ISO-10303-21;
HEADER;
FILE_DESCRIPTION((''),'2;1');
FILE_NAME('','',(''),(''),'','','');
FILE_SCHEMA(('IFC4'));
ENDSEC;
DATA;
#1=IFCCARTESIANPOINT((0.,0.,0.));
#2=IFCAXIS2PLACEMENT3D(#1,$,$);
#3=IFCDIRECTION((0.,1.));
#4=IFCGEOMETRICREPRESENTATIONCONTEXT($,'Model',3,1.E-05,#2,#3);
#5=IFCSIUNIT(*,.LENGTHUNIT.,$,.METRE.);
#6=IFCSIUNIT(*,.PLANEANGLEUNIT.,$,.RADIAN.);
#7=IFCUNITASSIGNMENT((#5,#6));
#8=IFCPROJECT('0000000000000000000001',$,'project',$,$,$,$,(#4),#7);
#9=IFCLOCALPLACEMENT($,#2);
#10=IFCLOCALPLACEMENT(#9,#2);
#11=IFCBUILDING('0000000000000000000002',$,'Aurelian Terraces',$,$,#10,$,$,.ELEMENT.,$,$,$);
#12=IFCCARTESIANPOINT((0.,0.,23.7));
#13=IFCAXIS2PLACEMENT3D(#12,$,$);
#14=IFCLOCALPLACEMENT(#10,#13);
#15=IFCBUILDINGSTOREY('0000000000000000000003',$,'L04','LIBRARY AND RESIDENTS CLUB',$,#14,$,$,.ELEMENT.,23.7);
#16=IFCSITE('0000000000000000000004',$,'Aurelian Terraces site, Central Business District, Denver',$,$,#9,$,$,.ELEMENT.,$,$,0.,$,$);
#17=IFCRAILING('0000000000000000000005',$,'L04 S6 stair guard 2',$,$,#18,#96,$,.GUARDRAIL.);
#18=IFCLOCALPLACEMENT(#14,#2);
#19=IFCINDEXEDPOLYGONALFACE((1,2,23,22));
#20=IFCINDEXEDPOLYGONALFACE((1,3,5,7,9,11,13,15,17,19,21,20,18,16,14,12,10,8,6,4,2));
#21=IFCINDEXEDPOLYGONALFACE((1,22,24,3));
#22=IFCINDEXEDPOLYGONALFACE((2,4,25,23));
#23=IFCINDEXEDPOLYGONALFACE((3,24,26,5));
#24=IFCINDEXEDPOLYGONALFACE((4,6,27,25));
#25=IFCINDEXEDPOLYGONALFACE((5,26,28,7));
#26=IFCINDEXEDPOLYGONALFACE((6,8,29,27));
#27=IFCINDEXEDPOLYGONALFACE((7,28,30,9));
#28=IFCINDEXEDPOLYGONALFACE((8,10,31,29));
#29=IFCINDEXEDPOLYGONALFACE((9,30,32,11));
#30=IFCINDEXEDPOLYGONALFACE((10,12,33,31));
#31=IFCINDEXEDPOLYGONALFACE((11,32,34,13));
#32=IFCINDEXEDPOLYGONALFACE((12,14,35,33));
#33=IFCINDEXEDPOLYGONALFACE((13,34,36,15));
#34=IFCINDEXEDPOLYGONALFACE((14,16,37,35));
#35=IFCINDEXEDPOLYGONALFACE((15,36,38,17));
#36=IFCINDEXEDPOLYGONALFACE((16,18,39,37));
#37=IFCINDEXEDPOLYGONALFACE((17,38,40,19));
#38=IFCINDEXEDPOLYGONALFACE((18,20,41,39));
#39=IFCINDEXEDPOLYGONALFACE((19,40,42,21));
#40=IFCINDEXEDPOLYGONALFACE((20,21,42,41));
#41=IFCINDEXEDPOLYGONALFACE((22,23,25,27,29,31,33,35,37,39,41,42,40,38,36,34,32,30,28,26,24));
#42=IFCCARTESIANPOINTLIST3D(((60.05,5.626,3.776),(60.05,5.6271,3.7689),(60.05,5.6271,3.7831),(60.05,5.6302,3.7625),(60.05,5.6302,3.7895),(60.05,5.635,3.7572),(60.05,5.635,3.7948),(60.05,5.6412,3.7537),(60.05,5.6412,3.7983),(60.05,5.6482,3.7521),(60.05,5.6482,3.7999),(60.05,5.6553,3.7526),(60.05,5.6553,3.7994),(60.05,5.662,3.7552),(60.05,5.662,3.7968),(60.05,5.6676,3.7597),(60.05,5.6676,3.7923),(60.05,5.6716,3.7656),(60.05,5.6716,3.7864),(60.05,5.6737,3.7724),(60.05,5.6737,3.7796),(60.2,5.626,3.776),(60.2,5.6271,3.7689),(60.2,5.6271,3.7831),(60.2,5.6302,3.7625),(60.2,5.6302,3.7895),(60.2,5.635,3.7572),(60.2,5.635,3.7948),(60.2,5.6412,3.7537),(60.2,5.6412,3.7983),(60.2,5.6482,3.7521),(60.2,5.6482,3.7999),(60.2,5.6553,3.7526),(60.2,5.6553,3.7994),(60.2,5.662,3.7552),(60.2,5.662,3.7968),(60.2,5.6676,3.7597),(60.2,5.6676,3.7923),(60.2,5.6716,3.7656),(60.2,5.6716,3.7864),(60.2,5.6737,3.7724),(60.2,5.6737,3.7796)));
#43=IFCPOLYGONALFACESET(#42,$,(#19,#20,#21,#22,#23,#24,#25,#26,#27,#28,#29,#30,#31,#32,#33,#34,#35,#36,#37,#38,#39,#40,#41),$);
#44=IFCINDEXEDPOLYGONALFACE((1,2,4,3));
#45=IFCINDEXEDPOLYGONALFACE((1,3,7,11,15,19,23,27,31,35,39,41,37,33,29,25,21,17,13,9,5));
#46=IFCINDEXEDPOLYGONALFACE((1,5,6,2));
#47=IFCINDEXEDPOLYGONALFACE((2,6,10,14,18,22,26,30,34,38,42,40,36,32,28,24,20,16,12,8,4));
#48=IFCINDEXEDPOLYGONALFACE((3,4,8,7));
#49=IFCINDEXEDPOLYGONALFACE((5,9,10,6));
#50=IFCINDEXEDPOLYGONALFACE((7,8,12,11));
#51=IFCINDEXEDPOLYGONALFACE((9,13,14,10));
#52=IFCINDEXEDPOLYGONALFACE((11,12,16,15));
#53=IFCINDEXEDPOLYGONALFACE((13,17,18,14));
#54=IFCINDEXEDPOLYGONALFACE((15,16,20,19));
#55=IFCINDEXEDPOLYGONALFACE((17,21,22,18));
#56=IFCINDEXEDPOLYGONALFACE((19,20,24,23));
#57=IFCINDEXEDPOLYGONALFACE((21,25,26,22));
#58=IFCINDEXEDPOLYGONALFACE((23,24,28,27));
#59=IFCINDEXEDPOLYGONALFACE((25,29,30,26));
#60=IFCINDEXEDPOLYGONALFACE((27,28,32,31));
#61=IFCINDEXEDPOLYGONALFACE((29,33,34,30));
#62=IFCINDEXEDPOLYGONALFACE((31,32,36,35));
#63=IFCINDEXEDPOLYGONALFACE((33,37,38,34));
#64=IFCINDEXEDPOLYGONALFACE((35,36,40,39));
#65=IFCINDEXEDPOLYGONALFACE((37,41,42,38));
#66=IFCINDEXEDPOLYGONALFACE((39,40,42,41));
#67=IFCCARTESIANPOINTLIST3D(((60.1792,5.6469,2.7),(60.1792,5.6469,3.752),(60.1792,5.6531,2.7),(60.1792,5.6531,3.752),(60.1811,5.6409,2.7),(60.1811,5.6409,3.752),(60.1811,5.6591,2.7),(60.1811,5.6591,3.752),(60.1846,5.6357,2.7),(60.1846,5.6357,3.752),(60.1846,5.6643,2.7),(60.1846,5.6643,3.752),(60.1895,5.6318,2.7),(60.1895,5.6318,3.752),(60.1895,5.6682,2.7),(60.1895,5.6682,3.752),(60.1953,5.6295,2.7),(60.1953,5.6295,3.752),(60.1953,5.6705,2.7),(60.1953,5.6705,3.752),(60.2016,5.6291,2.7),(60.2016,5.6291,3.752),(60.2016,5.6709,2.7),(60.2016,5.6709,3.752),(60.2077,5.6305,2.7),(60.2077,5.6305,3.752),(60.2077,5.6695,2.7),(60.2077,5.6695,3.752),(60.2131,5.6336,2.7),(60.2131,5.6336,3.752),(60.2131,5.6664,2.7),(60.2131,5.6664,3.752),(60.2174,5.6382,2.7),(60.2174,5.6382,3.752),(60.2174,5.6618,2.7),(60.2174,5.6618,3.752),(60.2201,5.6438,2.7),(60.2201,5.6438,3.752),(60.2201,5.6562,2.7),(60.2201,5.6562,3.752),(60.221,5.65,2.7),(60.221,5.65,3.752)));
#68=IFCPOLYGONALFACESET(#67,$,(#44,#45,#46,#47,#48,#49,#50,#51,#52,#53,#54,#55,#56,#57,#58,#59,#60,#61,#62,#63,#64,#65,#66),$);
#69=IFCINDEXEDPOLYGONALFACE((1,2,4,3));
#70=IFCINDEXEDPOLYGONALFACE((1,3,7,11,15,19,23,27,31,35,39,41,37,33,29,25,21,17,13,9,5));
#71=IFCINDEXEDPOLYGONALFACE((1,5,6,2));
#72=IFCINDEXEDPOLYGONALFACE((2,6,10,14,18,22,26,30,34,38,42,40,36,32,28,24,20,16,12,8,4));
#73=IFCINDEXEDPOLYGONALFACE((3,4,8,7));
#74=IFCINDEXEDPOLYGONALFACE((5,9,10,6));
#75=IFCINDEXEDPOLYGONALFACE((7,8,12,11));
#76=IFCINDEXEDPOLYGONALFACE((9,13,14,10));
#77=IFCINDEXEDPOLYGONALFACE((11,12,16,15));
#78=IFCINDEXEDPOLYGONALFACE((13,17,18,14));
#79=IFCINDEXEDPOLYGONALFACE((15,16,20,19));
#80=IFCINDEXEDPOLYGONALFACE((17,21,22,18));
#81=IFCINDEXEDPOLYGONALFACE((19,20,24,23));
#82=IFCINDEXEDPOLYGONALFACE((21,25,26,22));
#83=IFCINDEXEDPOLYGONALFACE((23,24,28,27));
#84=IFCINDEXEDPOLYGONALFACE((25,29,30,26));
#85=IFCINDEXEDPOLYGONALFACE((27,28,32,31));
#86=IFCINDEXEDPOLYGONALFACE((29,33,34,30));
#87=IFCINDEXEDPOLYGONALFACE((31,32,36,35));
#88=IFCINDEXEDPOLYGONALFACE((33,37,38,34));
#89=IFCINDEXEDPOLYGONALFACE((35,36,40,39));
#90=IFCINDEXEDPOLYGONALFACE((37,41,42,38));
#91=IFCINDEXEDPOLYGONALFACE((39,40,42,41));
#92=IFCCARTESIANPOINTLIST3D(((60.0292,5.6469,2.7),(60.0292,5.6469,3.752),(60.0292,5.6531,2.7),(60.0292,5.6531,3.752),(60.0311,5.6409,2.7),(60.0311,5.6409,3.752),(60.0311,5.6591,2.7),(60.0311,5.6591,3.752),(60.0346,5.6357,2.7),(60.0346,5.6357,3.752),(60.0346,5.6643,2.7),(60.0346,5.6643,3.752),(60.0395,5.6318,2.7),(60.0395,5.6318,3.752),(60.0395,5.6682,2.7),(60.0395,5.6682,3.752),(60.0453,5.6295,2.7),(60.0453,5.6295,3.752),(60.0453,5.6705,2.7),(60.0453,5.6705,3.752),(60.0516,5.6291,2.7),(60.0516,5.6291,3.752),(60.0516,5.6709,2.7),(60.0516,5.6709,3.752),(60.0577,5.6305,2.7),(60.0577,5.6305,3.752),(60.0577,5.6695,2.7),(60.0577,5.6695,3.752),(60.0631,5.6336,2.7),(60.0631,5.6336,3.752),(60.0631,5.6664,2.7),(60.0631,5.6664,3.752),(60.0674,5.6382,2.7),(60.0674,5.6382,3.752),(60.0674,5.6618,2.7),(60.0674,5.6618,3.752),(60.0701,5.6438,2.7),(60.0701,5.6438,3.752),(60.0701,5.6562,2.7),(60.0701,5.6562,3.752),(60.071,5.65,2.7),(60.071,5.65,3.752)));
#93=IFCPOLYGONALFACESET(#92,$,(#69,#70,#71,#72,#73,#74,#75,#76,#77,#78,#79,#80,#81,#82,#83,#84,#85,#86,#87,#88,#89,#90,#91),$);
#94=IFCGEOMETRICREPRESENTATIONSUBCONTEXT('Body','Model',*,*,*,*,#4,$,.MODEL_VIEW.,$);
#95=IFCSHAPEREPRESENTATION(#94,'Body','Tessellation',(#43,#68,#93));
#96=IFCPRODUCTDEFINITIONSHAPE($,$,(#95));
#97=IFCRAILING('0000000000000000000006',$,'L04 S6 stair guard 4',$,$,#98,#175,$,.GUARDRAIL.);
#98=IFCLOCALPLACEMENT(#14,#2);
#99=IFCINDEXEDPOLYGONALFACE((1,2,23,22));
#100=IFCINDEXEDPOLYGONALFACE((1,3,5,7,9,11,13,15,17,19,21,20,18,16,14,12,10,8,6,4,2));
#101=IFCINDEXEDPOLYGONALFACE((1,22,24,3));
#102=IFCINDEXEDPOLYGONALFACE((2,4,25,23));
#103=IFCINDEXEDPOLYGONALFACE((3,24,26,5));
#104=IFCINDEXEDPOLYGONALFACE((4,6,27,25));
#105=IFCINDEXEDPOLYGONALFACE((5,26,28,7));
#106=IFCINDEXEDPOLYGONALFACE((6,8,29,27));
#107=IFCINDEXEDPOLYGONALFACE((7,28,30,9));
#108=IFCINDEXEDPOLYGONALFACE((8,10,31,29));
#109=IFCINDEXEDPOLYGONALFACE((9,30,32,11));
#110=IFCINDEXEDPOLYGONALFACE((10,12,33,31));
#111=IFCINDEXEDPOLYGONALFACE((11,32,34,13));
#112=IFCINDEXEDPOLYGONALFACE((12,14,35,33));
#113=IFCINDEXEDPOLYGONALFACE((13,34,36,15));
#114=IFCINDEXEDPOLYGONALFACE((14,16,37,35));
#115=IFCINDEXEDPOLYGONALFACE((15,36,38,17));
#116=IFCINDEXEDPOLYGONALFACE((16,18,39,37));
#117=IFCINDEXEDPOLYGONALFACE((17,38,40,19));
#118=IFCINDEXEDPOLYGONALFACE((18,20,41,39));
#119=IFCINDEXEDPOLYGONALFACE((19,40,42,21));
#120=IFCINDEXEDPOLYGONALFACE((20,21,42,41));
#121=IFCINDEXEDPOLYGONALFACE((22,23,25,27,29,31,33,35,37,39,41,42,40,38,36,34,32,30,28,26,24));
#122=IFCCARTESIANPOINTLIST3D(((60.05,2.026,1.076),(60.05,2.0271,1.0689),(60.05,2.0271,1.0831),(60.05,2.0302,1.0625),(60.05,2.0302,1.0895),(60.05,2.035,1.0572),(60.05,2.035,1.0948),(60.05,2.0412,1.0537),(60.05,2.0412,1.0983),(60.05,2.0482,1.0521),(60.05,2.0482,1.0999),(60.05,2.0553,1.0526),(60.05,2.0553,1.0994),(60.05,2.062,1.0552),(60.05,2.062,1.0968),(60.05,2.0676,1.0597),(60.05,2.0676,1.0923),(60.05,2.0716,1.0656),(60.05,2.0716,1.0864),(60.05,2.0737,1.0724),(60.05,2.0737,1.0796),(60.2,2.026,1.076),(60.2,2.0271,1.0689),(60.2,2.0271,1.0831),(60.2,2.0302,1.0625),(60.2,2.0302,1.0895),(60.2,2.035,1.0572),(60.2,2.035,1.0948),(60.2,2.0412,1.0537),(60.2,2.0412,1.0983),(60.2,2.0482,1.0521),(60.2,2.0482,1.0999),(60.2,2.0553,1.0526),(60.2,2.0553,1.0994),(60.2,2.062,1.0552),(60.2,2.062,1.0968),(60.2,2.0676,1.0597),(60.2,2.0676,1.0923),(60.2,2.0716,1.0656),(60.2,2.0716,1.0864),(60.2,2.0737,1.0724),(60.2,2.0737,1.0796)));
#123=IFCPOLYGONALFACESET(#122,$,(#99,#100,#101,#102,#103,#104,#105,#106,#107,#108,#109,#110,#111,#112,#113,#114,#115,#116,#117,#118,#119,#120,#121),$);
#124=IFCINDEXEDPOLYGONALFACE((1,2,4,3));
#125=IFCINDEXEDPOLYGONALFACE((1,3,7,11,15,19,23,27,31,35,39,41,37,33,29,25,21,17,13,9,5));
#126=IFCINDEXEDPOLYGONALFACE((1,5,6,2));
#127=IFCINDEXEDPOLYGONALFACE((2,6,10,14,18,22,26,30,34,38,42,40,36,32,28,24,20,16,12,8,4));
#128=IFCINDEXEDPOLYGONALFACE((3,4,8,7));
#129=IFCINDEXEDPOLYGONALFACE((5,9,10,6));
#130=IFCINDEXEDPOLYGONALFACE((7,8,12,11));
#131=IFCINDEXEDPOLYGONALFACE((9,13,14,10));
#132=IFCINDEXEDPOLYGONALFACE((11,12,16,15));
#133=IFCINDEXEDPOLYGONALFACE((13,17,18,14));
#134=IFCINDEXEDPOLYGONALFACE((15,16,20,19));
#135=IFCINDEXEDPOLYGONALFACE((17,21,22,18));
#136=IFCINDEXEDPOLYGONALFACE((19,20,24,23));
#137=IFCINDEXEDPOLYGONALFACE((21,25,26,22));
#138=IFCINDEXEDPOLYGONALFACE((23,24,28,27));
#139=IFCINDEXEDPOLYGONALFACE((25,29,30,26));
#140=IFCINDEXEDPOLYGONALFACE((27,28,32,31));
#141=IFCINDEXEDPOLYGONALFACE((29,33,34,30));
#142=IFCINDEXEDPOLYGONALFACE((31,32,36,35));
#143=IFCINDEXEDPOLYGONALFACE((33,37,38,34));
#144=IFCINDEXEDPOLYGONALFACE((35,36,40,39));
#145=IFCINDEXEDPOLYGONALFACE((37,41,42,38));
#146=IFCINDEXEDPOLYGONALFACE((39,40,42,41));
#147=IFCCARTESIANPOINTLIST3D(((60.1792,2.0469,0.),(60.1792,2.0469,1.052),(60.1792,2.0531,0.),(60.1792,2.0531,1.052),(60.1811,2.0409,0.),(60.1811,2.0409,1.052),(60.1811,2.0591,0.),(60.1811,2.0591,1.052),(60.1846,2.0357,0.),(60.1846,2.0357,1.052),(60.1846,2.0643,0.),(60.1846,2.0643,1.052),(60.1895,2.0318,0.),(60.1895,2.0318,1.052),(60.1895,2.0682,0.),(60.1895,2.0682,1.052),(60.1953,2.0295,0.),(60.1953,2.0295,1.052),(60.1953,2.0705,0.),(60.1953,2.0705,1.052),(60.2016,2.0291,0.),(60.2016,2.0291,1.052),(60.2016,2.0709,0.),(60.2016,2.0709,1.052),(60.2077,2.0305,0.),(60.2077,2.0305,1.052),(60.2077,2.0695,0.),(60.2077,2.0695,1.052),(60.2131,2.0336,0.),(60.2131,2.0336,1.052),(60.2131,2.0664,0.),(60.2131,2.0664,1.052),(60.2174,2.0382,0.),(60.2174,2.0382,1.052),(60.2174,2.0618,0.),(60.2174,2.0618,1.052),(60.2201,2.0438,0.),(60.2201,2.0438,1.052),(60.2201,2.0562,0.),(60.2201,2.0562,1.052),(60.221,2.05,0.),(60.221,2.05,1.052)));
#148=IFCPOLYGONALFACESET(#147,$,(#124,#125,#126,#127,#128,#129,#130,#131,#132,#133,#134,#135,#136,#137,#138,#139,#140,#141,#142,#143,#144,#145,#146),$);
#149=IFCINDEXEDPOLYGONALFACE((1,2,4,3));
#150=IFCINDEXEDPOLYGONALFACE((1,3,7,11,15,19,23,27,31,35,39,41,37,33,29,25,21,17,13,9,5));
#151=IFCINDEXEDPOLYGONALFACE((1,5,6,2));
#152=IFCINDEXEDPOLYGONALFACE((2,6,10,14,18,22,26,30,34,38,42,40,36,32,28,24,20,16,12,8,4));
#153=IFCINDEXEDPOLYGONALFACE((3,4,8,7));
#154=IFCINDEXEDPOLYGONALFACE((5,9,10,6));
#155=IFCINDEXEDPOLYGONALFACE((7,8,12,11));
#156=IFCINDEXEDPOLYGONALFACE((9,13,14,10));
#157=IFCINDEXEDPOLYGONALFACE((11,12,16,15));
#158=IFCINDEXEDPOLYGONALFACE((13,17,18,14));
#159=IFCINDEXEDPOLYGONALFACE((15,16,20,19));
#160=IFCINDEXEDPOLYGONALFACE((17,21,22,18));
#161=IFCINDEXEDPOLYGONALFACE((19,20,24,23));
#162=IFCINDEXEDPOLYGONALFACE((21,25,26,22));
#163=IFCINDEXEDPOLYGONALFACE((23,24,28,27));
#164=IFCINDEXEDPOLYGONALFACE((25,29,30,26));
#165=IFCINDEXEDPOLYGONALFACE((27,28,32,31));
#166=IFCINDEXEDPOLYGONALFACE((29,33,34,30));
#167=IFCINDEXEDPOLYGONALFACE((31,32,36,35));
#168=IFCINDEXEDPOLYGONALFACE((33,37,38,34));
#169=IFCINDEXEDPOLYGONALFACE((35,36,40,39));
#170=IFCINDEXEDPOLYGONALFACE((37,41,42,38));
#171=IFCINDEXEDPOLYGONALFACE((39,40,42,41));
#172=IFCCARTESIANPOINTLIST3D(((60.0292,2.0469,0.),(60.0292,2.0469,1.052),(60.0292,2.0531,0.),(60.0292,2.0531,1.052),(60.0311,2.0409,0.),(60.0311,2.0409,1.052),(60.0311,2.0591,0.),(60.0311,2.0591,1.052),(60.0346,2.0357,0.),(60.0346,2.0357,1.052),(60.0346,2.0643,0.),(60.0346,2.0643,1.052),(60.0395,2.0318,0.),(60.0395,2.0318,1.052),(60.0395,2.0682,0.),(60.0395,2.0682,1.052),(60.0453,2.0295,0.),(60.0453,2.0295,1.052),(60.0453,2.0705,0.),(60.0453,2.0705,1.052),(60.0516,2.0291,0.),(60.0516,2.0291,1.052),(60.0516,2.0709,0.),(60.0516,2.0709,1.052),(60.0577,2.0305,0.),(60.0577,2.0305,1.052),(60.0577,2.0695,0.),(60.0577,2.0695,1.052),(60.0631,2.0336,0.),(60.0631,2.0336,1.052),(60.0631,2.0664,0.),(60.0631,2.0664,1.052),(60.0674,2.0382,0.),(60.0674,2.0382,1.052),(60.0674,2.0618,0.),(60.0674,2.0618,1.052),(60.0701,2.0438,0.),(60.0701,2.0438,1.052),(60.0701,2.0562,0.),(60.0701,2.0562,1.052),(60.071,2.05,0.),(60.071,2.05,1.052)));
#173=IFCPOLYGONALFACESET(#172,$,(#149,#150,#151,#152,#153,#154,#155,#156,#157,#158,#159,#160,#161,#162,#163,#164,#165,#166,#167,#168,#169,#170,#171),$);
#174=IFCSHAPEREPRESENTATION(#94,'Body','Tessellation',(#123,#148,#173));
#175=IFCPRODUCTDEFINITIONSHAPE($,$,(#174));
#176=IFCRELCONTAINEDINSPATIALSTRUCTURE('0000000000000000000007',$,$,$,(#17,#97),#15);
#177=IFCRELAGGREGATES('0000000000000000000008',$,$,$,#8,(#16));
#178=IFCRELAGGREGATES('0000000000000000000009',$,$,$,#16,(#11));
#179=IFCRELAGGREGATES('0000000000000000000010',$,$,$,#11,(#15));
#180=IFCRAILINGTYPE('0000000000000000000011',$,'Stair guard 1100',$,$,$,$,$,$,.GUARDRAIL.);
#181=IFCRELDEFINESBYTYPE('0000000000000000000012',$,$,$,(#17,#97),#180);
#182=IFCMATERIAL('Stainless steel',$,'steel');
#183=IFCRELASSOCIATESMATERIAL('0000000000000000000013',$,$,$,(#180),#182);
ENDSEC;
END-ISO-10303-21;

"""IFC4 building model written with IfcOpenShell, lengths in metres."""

from ifc_helpers import new_model, si_unit, direction, frame, origin, origin_2d, place, context, subcontext, project, spatial, circle, extrude, source, transform, mapped, material, type_object, element, save


model = new_model("IFC4")

# Units and contexts
model_context = context("Model", 3, precision=1e-05, world=origin(), true_north=direction((0.0, 1.0)))
body_context = subcontext(model_context, "Body", "Model", "MODEL_VIEW")
ifc_project = project(units=[si_unit("LENGTHUNIT", "METRE"), si_unit("PLANEANGLEUNIT", "RADIAN")], contexts=[model_context])

# Site, building, storey
site_placement = place(None, origin())
site = spatial("IfcSite", under=ifc_project, at=site_placement, Name="Aurelian Terraces site, Central Business District, Denver", CompositionType="ELEMENT", RefElevation=0.0)
building_placement = place(site_placement, origin())
building = spatial("IfcBuilding", under=site, at=building_placement, Name="Aurelian Terraces", CompositionType="ELEMENT")
storey_placement = place(building_placement, frame((0.0, 0.0, 23.7)))
storey = spatial("IfcBuildingStorey", under=building, at=storey_placement, Name="L04", Description="LIBRARY AND RESIDENTS CLUB", CompositionType="ELEMENT", Elevation=23.7)

# Railings
ifc_material_1 = material(Name="Stainless steel", Category="steel")
railing_type_1 = type_object("IfcRailingType", Name="Stair guard 1100", PredefinedType="GUARDRAIL", material=ifc_material_1)
shared_shape_1 = source(origin(), body_context, "Body", "SweptSolid", [
    extrude(circle(Radius=0.024, at=origin_2d()), frame((0.0, 0.0, 1.076), z_axis=(-1.0, 0.0, 0.0), x_axis=(0.0, -1.0, 0.0)), (0.0, 0.0, 1.0), 0.15),
    extrude(circle(Radius=0.021, at=origin_2d()), origin(), (0.0, 0.0, 1.0), 1.052),
    extrude(circle(Radius=0.021, at=origin_2d()), frame((-0.15, 0.0, 0.0)), (0.0, 0.0, 1.0), 1.052),
])
for number, where, name in (
    (1, (60.2, 5.65, 2.7), "L04 S6 stair guard 2"),
    (2, (60.2, 2.05, 0.0), "L04 S6 stair guard 4"),
):
    element("IfcRailing", number, at=place(storey_placement, frame(where)), inside=storey, type_object=railing_type_1, Name=name, PredefinedType="GUARDRAIL", context=body_context, shape_type="MappedRepresentation", body=[
        mapped(shared_shape_1, transform((0.0, 0.0, 0.0), scale=1.0)),
    ])

save(model, "model.ifc")
